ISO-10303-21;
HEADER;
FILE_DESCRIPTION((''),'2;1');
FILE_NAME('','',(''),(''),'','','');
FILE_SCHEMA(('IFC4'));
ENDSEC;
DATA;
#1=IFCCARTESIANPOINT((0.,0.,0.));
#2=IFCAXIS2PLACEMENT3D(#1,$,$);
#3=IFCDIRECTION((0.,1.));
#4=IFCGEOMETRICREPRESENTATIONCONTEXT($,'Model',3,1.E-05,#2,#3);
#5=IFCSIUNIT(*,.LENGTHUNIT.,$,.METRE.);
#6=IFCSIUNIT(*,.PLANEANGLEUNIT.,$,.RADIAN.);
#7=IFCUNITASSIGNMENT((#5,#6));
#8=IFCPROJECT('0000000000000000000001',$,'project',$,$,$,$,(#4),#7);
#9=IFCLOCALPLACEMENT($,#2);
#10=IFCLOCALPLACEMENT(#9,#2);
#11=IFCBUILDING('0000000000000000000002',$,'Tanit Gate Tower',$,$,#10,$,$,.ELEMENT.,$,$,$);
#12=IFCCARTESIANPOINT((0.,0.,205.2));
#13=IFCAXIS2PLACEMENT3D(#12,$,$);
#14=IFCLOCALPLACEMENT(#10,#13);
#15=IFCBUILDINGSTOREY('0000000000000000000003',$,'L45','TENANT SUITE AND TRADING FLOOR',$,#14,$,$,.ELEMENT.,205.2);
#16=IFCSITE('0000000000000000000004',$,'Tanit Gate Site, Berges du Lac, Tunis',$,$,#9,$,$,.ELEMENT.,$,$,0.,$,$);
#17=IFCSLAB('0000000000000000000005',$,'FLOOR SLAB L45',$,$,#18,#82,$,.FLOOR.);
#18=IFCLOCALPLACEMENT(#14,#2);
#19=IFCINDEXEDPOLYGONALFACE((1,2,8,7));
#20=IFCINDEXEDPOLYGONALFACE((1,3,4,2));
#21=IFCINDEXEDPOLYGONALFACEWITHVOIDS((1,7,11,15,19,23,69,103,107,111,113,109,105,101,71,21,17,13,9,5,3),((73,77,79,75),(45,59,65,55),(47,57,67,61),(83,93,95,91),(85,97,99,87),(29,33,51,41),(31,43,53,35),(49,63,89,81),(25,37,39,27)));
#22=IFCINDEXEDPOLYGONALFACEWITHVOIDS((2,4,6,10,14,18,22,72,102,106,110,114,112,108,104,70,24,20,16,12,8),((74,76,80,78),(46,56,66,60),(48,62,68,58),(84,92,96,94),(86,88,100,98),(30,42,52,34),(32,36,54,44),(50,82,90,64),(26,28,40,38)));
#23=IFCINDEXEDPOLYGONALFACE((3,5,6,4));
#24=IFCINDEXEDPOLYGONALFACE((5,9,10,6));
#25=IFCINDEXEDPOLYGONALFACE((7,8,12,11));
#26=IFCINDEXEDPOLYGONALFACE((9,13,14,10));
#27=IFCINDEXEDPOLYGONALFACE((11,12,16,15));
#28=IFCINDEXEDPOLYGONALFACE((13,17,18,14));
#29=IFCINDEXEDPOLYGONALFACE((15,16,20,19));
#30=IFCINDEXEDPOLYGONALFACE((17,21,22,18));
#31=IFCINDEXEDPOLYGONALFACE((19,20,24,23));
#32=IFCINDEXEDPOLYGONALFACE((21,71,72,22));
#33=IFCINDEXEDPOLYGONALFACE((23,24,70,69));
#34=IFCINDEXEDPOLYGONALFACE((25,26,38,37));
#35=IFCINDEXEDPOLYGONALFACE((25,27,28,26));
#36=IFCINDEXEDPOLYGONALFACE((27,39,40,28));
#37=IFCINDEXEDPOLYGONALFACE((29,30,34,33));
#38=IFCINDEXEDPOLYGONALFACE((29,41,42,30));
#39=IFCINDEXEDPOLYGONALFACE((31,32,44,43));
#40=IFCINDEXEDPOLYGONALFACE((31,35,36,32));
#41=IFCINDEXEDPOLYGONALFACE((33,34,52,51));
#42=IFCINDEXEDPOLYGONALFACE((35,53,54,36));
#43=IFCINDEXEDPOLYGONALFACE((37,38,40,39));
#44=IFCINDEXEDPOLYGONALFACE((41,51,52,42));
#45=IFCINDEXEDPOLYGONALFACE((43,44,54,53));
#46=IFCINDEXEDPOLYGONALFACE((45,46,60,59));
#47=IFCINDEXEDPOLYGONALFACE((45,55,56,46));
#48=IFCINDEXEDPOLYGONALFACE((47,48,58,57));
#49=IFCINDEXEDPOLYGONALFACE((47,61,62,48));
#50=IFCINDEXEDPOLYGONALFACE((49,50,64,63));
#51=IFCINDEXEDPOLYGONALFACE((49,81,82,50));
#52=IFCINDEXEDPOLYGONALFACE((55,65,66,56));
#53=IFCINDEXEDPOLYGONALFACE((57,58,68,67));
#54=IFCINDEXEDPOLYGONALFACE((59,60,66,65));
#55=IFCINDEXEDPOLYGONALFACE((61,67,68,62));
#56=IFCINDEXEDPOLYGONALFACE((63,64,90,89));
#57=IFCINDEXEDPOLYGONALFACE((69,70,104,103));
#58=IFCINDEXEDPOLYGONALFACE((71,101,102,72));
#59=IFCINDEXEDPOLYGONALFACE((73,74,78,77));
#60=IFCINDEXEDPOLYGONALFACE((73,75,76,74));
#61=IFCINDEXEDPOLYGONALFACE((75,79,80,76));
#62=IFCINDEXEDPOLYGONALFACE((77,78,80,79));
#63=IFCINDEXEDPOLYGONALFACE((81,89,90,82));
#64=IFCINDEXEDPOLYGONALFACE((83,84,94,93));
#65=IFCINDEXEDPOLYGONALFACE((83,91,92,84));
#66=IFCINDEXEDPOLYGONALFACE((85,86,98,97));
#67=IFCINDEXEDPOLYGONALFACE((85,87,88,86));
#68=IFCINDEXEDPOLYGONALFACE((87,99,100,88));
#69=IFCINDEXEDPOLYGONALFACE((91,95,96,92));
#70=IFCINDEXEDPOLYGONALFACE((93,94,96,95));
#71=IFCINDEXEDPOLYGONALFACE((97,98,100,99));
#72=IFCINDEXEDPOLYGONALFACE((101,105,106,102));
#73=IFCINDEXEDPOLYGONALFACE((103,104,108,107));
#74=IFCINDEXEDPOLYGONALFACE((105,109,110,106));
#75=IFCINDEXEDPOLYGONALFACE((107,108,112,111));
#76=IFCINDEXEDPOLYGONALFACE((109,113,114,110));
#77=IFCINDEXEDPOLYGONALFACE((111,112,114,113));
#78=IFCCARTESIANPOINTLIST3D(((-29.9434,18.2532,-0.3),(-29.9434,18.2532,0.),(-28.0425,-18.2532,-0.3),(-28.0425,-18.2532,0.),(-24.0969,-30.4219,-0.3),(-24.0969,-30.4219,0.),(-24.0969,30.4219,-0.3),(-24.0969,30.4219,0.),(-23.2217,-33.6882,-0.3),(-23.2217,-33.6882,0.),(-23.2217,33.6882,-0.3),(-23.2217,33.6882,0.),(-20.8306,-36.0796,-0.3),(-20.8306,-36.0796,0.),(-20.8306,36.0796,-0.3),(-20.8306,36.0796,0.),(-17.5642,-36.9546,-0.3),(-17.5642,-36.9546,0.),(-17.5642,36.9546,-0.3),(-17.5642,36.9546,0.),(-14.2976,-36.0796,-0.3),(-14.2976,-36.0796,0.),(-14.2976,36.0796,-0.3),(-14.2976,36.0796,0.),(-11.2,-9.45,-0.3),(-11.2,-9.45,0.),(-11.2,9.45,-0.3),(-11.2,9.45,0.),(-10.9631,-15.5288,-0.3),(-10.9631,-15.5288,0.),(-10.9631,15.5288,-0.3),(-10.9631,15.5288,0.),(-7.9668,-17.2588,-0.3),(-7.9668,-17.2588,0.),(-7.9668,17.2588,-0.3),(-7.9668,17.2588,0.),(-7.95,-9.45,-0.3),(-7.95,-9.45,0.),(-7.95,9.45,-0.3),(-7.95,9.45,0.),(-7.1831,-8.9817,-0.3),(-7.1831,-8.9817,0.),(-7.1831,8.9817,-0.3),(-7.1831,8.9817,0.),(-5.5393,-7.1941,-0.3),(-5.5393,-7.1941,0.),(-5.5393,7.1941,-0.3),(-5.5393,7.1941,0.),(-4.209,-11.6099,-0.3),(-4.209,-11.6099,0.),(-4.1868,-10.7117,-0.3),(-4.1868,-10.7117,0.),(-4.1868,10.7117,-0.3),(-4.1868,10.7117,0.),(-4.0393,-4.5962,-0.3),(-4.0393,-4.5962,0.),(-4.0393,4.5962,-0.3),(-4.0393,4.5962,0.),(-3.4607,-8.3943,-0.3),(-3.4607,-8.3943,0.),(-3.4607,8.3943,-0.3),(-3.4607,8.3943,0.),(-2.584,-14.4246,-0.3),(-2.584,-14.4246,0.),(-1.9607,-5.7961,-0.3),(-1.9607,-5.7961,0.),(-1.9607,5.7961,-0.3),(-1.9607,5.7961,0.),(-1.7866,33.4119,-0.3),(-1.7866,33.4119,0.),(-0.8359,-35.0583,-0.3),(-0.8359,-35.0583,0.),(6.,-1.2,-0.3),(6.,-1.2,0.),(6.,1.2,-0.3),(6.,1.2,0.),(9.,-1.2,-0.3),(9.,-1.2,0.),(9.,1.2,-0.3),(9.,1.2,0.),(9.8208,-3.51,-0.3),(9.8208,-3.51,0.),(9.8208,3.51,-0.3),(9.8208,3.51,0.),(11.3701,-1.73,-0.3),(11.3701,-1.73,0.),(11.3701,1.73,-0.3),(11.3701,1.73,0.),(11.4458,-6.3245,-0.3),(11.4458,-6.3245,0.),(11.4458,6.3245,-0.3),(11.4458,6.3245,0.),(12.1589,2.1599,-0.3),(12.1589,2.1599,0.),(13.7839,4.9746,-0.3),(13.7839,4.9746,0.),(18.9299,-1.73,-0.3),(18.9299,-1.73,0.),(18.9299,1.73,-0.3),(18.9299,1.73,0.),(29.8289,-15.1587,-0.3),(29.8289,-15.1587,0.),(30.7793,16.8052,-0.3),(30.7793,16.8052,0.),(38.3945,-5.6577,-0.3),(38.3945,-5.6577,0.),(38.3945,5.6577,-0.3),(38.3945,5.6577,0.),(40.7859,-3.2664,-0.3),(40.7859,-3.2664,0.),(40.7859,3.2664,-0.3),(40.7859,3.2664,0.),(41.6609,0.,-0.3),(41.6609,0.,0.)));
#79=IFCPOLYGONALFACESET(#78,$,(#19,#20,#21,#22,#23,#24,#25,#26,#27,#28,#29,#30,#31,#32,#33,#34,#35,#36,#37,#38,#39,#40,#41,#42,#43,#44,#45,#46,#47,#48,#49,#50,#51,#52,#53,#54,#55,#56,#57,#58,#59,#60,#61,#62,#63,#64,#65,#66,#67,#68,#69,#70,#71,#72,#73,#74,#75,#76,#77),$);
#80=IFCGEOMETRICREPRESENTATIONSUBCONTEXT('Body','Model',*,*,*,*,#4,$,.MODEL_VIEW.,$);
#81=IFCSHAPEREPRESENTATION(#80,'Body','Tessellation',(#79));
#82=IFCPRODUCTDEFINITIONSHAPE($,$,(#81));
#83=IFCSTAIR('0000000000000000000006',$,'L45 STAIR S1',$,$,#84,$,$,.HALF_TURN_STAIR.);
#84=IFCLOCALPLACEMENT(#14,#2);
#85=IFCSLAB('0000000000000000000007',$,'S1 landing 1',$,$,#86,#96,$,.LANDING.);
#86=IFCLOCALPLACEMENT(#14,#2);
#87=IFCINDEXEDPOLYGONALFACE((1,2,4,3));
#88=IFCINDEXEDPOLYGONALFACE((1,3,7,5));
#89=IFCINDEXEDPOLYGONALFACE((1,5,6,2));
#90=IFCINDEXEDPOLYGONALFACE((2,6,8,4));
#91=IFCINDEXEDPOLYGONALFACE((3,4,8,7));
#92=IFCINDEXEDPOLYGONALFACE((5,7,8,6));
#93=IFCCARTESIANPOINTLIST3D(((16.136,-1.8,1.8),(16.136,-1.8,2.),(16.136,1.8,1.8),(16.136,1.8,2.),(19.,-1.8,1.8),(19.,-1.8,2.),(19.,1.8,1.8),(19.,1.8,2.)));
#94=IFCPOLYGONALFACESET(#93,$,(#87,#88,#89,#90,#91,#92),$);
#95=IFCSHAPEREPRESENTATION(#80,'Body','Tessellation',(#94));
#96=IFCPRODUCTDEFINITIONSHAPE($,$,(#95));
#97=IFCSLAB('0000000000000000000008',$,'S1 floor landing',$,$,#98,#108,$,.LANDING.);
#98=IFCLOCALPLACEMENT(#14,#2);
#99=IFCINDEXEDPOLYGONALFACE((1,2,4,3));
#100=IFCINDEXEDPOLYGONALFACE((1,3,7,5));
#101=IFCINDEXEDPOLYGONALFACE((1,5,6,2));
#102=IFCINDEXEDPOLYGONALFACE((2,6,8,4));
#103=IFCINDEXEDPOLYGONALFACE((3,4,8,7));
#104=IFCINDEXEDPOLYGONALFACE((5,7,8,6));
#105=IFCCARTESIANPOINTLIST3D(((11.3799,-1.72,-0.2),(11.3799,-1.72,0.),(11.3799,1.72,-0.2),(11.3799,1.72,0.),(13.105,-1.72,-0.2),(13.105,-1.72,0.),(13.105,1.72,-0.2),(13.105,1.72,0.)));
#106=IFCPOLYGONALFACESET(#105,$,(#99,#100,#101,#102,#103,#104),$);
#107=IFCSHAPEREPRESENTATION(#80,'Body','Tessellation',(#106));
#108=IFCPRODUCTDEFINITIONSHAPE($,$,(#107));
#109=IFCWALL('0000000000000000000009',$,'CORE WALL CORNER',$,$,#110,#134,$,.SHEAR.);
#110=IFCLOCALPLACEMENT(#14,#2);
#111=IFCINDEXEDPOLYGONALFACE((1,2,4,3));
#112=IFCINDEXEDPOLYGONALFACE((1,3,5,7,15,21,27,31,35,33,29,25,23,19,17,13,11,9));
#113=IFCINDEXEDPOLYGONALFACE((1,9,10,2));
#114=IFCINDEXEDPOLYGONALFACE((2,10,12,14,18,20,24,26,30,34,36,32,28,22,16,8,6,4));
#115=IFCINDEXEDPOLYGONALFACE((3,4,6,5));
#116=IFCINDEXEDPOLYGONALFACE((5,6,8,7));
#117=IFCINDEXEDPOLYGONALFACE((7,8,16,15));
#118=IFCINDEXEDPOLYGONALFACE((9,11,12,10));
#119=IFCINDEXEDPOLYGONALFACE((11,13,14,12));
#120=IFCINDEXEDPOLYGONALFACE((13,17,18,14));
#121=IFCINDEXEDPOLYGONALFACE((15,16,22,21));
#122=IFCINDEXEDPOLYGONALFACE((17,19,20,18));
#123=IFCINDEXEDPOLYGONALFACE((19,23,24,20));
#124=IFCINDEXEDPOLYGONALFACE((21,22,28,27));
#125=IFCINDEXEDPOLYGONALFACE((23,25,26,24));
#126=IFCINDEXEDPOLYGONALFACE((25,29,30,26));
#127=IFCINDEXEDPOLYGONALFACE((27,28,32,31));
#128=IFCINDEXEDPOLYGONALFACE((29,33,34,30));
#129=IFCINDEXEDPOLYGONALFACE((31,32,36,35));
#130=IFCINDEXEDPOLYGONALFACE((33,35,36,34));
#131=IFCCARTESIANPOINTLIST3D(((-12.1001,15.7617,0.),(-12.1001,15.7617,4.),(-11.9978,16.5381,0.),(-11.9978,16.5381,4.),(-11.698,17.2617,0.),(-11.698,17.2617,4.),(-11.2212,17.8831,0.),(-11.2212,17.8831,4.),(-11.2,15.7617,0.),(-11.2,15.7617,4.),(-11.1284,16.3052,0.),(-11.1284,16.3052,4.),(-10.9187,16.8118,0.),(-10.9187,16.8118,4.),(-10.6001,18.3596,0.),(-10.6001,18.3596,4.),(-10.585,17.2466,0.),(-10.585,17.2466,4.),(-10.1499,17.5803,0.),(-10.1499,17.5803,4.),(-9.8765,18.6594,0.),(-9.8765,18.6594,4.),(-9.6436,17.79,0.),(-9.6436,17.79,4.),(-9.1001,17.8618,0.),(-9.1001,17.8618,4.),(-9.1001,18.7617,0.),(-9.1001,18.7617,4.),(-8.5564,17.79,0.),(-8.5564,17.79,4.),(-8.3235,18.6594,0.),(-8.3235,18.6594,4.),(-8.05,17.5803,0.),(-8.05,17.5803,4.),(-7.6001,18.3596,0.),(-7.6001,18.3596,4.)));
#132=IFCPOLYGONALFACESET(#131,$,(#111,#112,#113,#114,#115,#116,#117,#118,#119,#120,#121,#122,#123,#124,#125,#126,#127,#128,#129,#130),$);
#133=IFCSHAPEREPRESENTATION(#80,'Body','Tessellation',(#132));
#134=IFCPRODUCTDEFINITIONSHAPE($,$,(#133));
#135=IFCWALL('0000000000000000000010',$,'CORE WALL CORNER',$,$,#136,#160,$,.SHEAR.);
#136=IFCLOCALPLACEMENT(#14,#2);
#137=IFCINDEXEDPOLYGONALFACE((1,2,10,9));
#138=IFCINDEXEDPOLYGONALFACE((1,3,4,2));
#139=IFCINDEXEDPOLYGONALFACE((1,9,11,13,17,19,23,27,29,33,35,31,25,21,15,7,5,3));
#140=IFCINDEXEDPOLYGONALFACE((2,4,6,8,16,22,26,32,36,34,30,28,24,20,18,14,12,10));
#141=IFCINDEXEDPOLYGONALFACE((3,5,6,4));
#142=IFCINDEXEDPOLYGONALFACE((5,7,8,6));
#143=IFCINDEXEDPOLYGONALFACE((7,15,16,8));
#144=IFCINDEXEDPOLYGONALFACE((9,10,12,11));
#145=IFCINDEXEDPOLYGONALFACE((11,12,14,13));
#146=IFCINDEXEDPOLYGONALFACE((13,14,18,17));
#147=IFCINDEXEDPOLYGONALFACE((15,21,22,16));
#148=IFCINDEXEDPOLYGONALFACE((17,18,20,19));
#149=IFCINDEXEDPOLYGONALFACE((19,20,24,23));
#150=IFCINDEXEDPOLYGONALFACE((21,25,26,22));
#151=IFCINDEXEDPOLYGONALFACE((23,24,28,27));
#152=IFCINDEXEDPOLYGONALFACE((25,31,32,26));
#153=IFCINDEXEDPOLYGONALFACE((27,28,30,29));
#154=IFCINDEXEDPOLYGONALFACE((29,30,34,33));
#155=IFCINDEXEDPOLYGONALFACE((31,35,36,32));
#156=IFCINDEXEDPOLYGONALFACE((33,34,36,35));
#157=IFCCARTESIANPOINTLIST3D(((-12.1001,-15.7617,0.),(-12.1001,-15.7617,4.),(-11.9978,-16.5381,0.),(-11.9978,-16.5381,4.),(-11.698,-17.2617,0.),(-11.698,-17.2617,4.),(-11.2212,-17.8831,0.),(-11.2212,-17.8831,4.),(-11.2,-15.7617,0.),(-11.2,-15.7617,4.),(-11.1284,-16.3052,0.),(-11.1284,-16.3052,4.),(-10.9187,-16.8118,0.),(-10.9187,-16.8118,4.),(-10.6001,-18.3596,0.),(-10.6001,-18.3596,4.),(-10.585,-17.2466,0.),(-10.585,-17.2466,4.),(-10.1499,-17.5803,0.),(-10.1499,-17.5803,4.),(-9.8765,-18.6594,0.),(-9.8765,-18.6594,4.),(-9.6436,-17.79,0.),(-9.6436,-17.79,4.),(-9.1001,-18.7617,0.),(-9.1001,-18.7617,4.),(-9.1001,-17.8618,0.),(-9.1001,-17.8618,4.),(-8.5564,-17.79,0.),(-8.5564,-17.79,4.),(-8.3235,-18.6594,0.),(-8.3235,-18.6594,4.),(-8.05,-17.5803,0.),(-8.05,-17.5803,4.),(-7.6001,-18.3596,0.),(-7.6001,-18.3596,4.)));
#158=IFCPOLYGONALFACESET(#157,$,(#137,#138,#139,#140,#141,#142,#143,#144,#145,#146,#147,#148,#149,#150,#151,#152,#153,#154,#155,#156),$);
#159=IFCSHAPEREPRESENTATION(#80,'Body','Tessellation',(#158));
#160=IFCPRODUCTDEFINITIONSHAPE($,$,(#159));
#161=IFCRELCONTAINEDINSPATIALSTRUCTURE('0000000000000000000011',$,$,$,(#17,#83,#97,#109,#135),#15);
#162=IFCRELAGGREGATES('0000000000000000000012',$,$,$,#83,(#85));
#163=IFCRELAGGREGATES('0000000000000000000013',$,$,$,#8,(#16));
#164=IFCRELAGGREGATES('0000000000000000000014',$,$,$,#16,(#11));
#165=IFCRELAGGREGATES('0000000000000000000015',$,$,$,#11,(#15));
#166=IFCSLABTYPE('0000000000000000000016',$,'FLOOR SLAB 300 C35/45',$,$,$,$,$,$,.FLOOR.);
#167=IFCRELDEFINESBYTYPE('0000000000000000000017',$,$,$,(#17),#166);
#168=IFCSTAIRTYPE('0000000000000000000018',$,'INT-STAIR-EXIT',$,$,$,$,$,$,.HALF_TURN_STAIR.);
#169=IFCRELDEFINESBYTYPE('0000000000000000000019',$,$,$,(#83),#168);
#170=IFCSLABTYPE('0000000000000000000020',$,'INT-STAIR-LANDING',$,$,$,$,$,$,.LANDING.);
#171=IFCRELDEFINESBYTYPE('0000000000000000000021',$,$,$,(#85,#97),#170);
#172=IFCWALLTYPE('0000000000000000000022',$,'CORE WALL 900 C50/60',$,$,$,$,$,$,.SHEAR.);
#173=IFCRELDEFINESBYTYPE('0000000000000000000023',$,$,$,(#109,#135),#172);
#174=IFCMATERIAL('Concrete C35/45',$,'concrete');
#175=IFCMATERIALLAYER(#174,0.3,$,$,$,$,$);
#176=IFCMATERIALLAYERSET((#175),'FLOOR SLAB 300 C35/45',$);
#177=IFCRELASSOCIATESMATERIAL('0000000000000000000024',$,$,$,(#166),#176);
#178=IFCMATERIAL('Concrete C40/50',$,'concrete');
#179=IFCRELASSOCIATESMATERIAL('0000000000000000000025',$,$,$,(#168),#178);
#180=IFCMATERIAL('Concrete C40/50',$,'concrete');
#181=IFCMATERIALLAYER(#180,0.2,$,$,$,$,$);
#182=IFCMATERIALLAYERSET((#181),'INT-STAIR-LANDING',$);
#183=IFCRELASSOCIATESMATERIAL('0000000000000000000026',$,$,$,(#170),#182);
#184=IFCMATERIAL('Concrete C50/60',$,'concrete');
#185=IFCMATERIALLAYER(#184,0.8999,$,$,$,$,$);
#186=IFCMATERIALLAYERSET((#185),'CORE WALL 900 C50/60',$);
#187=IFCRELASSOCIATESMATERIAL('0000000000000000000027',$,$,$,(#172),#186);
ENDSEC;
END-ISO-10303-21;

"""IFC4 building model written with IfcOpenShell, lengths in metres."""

from ifc_helpers import new_model, si_unit, direction, frame, origin, place, context, subcontext, project, spatial, polyline, outline, extrude, material, layer, layer_set, type_object, element, aggregate, save


model = new_model("IFC4")

# Units and contexts
model_context = context("Model", 3, precision=1e-05, world=origin(), true_north=direction((0.0, 1.0)))
body_context = subcontext(model_context, "Body", "Model", "MODEL_VIEW")
ifc_project = project(units=[si_unit("LENGTHUNIT", "METRE"), si_unit("PLANEANGLEUNIT", "RADIAN")], contexts=[model_context])

# Site, building, storey
site_placement = place(None, origin())
site = spatial("IfcSite", under=ifc_project, at=site_placement, Name="Tanit Gate Site, Berges du Lac, Tunis", CompositionType="ELEMENT", RefElevation=0.0)
building_placement = place(site_placement, origin())
building = spatial("IfcBuilding", under=site, at=building_placement, Name="Tanit Gate Tower", CompositionType="ELEMENT")
storey_placement = place(building_placement, frame((0.0, 0.0, 205.2)))
storey = spatial("IfcBuildingStorey", under=building, at=storey_placement, Name="L45", Description="TENANT SUITE AND TRADING FLOOR", CompositionType="ELEMENT", Elevation=205.2)

# Slab
ifc_material_1 = material(Name="Concrete C35/45", Category="concrete")
ifc_layer_1 = layer(ifc_material_1, 0.3)
ifc_layer_set_1 = layer_set([ifc_layer_1], Name="FLOOR SLAB 300 C35/45")
slab_type_1 = type_object("IfcSlabType", Name="FLOOR SLAB 300 C35/45", PredefinedType="FLOOR", material=ifc_layer_set_1)
slab_1_placement = place(storey_placement, frame((0.0, 0.0, -0.3)))
element("IfcSlab", 1, at=slab_1_placement, inside=storey, type_object=slab_type_1, Name="FLOOR SLAB L45", PredefinedType="FLOOR", context=body_context, shape_type="SweptSolid", body=[
    extrude(outline(polyline([(38.3945, 5.6577), (40.7859, 3.2664), (41.6609, 0.0), (40.7859, -3.2664), (38.3945, -5.6577), (29.8289, -15.1587), (-0.8359, -35.0583), (-14.2976, -36.0796), (-17.5642, -36.9546), (-20.8306, -36.0796), (-23.2217, -33.6882), (-24.0969, -30.4219), (-28.0425, -18.2532), (-29.9434, 18.2532), (-24.0969, 30.4219), (-23.2217, 33.6882), (-20.8306, 36.0796), (-17.5642, 36.9546), (-14.2976, 36.0796), (-1.7866, 33.4119), (30.7793, 16.8052), (38.3945, 5.6577)]), holes=[polyline([(11.3701, 1.73), (18.9299, 1.73), (18.9299, -1.73), (11.3701, -1.73), (11.3701, 1.73)]), polyline([(9.8208, 3.51), (11.4458, 6.3245), (13.7839, 4.9746), (12.1589, 2.1599), (9.8208, 3.51)]), polyline([(-4.209, -11.6099), (9.8208, -3.51), (11.4458, -6.3245), (-2.584, -14.4246), (-4.209, -11.6099)]), polyline([(6.0, 1.2), (9.0, 1.2), (9.0, -1.2), (6.0, -1.2), (6.0, 1.2)]), polyline([(-5.5393, 7.1941), (-3.4607, 8.3943), (-1.9607, 5.7961), (-4.0393, 4.5962), (-5.5393, 7.1941)]), polyline([(-1.9607, -5.7961), (-3.4607, -8.3943), (-5.5393, -7.1941), (-4.0393, -4.5962), (-1.9607, -5.7961)]), polyline([(-10.9631, 15.5288), (-7.9668, 17.2588), (-4.1868, 10.7117), (-7.1831, 8.9817), (-10.9631, 15.5288)]), polyline([(-4.1868, -10.7117), (-7.9668, -17.2588), (-10.9631, -15.5288), (-7.1831, -8.9817), (-4.1868, -10.7117)]), polyline([(-11.2, -9.45), (-11.2, 9.45), (-7.95, 9.45), (-7.95, -9.45), (-11.2, -9.45)])]), origin(), (0.0, 0.0, 1.0), 0.3),
])

# Stair, slab
ifc_material_2 = material(Name="Concrete C40/50", Category="concrete")
stair_type = type_object("IfcStairType", Name="INT-STAIR-EXIT", PredefinedType="HALF_TURN_STAIR", material=ifc_material_2)
stair_placement = place(storey_placement, origin())
stair = element("IfcStair", 2, at=stair_placement, inside=storey, type_object=stair_type, Name="L45 STAIR S1", PredefinedType="HALF_TURN_STAIR")
ifc_material_3 = material(Name="Concrete C40/50", Category="concrete")
ifc_layer_2 = layer(ifc_material_3, 0.2)
ifc_layer_set_2 = layer_set([ifc_layer_2], Name="INT-STAIR-LANDING")
slab_type_2 = type_object("IfcSlabType", Name="INT-STAIR-LANDING", PredefinedType="LANDING", material=ifc_layer_set_2)
slab_2_placement = place(storey_placement, frame((0.0, 0.0, 1.8)))
slab_2 = element("IfcSlab", 3, at=slab_2_placement, type_object=slab_type_2, Name="S1 landing 1", PredefinedType="LANDING", context=body_context, shape_type="SweptSolid", body=[
    extrude(outline(polyline([(16.136, -1.8), (19.0, -1.8), (19.0, 1.8), (16.136, 1.8), (16.136, -1.8)])), origin(), (0.0, 0.0, 1.0), 0.2),
])

# Slab
slab_3_placement = place(storey_placement, frame((0.0, 0.0, -0.2)))
element("IfcSlab", 4, at=slab_3_placement, inside=storey, type_object=slab_type_2, Name="S1 floor landing", PredefinedType="LANDING", context=body_context, shape_type="SweptSolid", body=[
    extrude(outline(polyline([(11.3799, -1.72), (13.105, -1.72), (13.105, 1.72), (11.3799, 1.72), (11.3799, -1.72)])), origin(), (0.0, 0.0, 1.0), 0.2),
])

# Walls
ifc_material_4 = material(Name="Concrete C50/60", Category="concrete")
ifc_layer_3 = layer(ifc_material_4, 0.8999)
ifc_layer_set_3 = layer_set([ifc_layer_3], Name="CORE WALL 900 C50/60")
wall_type_1 = type_object("IfcWallType", Name="CORE WALL 900 C50/60", PredefinedType="SHEAR", material=ifc_layer_set_3)
wall_1_placement = place(storey_placement, origin())
element("IfcWall", 5, at=wall_1_placement, inside=storey, type_object=wall_type_1, Name="CORE WALL CORNER", PredefinedType="SHEAR", context=body_context, shape_type="SweptSolid", body=[
    extrude(outline(polyline([(-7.6001, 18.3596), (-8.3235, 18.6594), (-9.1001, 18.7617), (-9.8765, 18.6594), (-10.6001, 18.3596), (-11.2212, 17.8831), (-11.698, 17.2617), (-11.9978, 16.5381), (-12.1001, 15.7617), (-11.2, 15.7617), (-11.1284, 16.3052), (-10.9187, 16.8118), (-10.585, 17.2466), (-10.1499, 17.5803), (-9.6436, 17.79), (-9.1001, 17.8618), (-8.5564, 17.79), (-8.05, 17.5803), (-7.6001, 18.3596)])), origin(), (0.0, 0.0, 1.0), 4.0),
])
wall_2_placement = place(storey_placement, origin())
element("IfcWall", 6, at=wall_2_placement, inside=storey, type_object=wall_type_1, Name="CORE WALL CORNER", PredefinedType="SHEAR", context=body_context, shape_type="SweptSolid", body=[
    extrude(outline(polyline([(-12.1001, -15.7617), (-11.9978, -16.5381), (-11.698, -17.2617), (-11.2212, -17.8831), (-10.6001, -18.3596), (-9.8765, -18.6594), (-9.1001, -18.7617), (-8.3235, -18.6594), (-7.6001, -18.3596), (-8.05, -17.5803), (-8.5564, -17.79), (-9.1001, -17.8618), (-9.6436, -17.79), (-10.1499, -17.5803), (-10.585, -17.2466), (-10.9187, -16.8118), (-11.1284, -16.3052), (-11.2, -15.7617), (-12.1001, -15.7617)])), origin(), (0.0, 0.0, 1.0), 4.0),
])

aggregate(stair, [slab_2])

save(model, "model.ifc")
